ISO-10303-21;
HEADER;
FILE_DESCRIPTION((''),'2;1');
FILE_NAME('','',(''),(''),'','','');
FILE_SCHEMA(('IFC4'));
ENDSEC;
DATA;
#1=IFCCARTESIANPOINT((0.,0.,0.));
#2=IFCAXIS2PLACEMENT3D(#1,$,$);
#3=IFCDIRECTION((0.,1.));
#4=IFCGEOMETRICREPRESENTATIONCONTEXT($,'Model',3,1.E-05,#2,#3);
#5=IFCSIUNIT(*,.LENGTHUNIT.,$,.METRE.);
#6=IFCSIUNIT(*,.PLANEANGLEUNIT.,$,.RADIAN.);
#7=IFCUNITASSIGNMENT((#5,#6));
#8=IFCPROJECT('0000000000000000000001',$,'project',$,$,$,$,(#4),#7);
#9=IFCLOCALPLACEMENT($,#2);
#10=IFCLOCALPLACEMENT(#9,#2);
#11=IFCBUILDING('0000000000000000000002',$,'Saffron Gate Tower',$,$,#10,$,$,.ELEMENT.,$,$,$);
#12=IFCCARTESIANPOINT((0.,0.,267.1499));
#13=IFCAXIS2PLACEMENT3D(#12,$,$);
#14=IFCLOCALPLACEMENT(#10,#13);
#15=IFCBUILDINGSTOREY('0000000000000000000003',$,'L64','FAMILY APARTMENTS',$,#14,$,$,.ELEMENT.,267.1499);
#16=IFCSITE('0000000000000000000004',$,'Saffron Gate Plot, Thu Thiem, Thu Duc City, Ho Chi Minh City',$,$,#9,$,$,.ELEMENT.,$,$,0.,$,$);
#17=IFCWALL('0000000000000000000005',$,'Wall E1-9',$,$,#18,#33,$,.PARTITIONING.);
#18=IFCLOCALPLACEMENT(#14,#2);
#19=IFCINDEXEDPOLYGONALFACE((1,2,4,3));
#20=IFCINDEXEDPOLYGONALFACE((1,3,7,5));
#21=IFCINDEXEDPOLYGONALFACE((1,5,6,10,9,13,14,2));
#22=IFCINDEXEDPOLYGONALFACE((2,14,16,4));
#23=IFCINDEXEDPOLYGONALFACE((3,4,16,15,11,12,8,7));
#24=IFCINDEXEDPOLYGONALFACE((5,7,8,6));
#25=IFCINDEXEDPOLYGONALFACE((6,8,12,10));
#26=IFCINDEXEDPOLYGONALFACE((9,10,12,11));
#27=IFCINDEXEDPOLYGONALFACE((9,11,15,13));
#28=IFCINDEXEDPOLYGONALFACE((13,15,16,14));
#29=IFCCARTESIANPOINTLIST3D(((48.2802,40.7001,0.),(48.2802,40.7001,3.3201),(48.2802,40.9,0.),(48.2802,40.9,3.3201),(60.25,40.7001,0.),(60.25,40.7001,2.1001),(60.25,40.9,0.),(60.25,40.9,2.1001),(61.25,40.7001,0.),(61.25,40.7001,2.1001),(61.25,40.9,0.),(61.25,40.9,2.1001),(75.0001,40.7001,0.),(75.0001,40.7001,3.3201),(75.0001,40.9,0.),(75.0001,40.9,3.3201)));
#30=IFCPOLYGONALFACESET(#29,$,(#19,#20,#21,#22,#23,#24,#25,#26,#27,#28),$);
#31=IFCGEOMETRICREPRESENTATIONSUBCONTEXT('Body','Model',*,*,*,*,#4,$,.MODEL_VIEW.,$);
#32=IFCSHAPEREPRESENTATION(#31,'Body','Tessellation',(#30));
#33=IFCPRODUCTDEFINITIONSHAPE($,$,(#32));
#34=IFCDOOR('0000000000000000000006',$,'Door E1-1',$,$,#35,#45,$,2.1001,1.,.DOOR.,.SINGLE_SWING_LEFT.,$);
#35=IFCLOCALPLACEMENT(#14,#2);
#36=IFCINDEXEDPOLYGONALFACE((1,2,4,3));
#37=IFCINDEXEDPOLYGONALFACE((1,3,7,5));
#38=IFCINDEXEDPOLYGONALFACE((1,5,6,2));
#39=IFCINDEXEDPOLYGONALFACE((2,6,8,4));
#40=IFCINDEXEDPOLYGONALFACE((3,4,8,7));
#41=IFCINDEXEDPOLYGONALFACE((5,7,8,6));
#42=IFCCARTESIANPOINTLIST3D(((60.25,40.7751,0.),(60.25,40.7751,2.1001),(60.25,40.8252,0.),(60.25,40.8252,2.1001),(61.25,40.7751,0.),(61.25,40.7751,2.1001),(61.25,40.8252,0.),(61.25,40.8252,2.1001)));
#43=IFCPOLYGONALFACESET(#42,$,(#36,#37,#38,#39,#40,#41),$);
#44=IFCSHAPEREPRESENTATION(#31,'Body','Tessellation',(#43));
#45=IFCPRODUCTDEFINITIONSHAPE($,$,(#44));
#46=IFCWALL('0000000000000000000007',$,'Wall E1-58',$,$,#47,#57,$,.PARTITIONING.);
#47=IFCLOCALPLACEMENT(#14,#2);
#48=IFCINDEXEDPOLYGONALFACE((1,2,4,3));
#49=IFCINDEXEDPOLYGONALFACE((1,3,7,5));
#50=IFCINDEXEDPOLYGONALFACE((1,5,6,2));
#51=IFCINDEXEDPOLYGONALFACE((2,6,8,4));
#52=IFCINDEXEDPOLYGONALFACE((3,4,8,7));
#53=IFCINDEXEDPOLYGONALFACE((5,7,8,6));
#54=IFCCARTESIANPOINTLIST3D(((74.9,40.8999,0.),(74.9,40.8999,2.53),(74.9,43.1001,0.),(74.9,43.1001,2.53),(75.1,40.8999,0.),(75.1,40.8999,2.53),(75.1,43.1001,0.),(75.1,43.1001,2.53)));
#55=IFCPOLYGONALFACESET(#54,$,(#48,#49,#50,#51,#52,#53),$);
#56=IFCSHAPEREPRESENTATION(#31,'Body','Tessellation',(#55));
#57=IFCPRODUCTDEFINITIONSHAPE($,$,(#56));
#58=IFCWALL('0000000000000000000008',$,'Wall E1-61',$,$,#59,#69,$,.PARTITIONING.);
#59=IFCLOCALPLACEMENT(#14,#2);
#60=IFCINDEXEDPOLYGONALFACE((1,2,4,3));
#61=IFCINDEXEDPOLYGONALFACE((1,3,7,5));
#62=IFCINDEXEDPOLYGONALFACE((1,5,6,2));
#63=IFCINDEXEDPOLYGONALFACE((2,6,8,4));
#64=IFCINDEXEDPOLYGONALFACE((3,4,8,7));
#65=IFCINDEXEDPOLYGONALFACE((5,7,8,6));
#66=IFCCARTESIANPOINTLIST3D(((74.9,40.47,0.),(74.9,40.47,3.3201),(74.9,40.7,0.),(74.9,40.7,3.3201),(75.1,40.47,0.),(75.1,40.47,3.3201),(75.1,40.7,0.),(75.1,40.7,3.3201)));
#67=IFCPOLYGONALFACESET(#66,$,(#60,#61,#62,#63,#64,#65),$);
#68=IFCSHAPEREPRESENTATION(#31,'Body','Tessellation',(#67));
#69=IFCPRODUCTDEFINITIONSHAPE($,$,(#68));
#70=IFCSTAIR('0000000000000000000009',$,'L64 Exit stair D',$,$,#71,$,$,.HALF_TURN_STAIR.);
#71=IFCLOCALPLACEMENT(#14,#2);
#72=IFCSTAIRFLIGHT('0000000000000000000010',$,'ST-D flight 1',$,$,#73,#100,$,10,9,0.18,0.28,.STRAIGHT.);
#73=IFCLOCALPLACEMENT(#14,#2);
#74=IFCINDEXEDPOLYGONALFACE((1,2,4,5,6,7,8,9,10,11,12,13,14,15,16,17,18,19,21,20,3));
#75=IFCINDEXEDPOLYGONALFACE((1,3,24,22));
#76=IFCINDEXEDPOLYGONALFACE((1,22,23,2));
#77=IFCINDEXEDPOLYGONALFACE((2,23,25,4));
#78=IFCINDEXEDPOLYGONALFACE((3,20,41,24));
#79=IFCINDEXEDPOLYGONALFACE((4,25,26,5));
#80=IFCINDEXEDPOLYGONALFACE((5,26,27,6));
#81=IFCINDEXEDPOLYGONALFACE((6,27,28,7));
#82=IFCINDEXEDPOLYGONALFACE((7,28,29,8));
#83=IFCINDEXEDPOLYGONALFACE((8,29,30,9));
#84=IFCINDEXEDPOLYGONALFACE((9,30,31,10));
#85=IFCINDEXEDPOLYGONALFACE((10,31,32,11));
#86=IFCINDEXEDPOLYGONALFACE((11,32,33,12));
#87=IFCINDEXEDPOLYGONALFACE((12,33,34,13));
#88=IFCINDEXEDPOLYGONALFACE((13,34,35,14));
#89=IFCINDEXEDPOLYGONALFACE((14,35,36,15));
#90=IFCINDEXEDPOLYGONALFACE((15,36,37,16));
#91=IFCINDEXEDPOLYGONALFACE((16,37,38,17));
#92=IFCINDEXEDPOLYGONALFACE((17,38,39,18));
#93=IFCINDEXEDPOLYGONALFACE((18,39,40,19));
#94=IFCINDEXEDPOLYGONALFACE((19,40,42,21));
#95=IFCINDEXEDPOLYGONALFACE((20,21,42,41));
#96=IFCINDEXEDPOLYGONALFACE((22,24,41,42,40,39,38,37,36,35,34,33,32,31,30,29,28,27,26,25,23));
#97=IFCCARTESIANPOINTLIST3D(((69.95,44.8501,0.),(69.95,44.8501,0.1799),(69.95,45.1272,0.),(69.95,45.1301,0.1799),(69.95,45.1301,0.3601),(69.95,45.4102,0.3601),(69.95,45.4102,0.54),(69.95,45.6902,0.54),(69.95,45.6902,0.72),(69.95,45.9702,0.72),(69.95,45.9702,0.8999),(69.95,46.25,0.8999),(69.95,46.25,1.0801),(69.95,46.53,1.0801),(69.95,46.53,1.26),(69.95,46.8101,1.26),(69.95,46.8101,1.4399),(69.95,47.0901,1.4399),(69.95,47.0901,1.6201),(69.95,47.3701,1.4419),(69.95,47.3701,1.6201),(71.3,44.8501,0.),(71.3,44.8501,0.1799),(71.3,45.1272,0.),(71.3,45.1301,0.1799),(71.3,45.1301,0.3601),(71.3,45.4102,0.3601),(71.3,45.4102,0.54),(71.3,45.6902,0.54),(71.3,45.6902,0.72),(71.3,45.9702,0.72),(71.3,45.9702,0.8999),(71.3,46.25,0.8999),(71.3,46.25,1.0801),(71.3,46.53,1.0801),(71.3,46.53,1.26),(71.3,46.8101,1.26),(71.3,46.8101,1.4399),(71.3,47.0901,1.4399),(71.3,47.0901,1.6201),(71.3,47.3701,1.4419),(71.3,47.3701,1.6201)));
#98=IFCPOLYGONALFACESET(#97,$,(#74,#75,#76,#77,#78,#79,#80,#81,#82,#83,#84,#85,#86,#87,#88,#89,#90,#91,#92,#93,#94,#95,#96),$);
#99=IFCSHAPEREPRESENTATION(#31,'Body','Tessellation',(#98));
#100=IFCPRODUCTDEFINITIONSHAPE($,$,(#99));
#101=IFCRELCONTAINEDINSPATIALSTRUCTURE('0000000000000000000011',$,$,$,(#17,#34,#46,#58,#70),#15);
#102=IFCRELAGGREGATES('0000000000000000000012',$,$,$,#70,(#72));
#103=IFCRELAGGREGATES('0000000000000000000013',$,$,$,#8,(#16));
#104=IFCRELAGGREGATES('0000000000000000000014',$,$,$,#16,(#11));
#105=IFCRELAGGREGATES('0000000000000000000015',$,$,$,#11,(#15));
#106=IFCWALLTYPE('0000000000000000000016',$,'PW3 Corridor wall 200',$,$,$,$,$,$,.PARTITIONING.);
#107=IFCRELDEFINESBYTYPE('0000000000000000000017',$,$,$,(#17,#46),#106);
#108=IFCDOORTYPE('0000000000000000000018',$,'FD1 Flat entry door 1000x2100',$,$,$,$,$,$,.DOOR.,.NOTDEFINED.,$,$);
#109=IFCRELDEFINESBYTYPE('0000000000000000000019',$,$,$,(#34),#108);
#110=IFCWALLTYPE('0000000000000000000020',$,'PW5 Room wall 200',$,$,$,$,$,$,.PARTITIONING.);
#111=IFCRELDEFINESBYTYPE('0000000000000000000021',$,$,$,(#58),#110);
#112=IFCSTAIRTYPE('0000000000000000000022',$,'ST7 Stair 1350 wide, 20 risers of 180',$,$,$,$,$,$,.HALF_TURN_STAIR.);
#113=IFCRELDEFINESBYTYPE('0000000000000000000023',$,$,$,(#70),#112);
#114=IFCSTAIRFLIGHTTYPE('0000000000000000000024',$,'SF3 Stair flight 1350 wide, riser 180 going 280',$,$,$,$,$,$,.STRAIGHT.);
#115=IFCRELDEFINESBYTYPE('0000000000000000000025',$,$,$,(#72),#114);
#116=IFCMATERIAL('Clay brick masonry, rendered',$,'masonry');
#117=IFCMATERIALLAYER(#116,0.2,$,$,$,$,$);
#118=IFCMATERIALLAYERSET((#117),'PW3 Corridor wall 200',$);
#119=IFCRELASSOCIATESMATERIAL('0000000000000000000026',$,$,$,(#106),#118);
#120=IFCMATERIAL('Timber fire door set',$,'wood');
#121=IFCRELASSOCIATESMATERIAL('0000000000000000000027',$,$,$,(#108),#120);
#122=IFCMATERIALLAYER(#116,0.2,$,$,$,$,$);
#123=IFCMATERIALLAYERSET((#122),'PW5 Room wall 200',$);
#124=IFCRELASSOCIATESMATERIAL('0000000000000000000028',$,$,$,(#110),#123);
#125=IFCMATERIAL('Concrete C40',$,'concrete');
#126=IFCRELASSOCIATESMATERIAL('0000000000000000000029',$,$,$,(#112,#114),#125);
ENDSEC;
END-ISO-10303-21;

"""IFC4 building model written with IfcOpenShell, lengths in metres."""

from ifc_helpers import new_model, si_unit, direction, frame, frame_2d, origin, place, context, subcontext, project, spatial, polyline, rectangle, outline, extrude, material, layer, layer_set, type_object, element, fill, aggregate, save


model = new_model("IFC4")

# Units and contexts
model_context = context("Model", 3, precision=1e-05, world=origin(), true_north=direction((0.0, 1.0)))
body_context = subcontext(model_context, "Body", "Model", "MODEL_VIEW")
ifc_project = project(units=[si_unit("LENGTHUNIT", "METRE"), si_unit("PLANEANGLEUNIT", "RADIAN")], contexts=[model_context])

# Site, building, storey
site_placement = place(None, origin())
site = spatial("IfcSite", under=ifc_project, at=site_placement, Name="Saffron Gate Plot, Thu Thiem, Thu Duc City, Ho Chi Minh City", CompositionType="ELEMENT", RefElevation=0.0)
building_placement = place(site_placement, origin())
building = spatial("IfcBuilding", under=site, at=building_placement, Name="Saffron Gate Tower", CompositionType="ELEMENT")
storey_placement = place(building_placement, frame((0.0, 0.0, 267.1499)))
storey = spatial("IfcBuildingStorey", under=building, at=storey_placement, Name="L64", Description="FAMILY APARTMENTS", CompositionType="ELEMENT", Elevation=267.1499)

# Shared definitions
ifc_material_1 = material(Name="Concrete C40", Category="concrete")

# Wall, opening, door
ifc_material_2 = material(Name="Clay brick masonry, rendered", Category="masonry")
ifc_layer_1 = layer(ifc_material_2, 0.2)
ifc_layer_set_1 = layer_set([ifc_layer_1], Name="PW3 Corridor wall 200")
wall_type_1 = type_object("IfcWallType", Name="PW3 Corridor wall 200", PredefinedType="PARTITIONING", material=ifc_layer_set_1)
wall_1_placement = place(storey_placement, frame((75.0, 40.8, 0.0), z_axis=(0.0, 0.0, 1.0), x_axis=(-1.0, 0.0, 0.0)))
wall_1 = element("IfcWall", 1, at=wall_1_placement, inside=storey, type_object=wall_type_1, Name="Wall E1-9", PredefinedType="PARTITIONING", context=body_context, shape_type="SweptSolid", body=[
    extrude(rectangle(XDim=26.72, YDim=0.2, at=frame_2d((13.3599, 0.0))), origin(), (0.0, 0.0, 1.0), 3.3201),
])
opening_1_placement = place(wall_1_placement, frame((13.75, 0.0, 0.0)))
opening_1 = element("IfcOpeningElement", 2, at=opening_1_placement, cuts=wall_1, PredefinedType="OPENING", context=body_context, shape_type="SweptSolid", body=[
    extrude(rectangle(XDim=1.0, YDim=2.1001, at=frame_2d((0.5, 1.05))), frame((0.0, 0.1099, 0.0), z_axis=(0.0, -1.0, 0.0), x_axis=(1.0, 0.0, 0.0)), (0.0, 0.0, 1.0), 0.22),
])
ifc_material_3 = material(Name="Timber fire door set", Category="wood")
door_type_1 = type_object("IfcDoorType", Name="FD1 Flat entry door 1000x2100", OperationType="NOTDEFINED", PredefinedType="DOOR", material=ifc_material_3)
door_1_placement = place(opening_1_placement, origin())
door_1 = element("IfcDoor", 3, at=door_1_placement, inside=storey, type_object=door_type_1, Name="Door E1-1", OperationType="SINGLE_SWING_LEFT", OverallHeight=2.1001, OverallWidth=1.0, PredefinedType="DOOR", context=body_context, shape_type="SweptSolid", body=[
    extrude(rectangle(XDim=1.0, YDim=2.1001, at=frame_2d((0.5, 1.05))), frame((0.0, 0.0249, 0.0), z_axis=(0.0, -1.0, 0.0), x_axis=(1.0, 0.0, 0.0)), (0.0, 0.0, 1.0), 0.05),
])
fill(opening_1, door_1)

# Walls
wall_2_placement = place(storey_placement, frame((75.0, 43.1001, 0.0), z_axis=(0.0, 0.0, 1.0), x_axis=(0.0, -1.0, 0.0)))
element("IfcWall", 4, at=wall_2_placement, inside=storey, type_object=wall_type_1, Name="Wall E1-58", PredefinedType="PARTITIONING", context=body_context, shape_type="SweptSolid", body=[
    extrude(rectangle(XDim=2.2002, YDim=0.2, at=frame_2d((1.1001, 0.0))), origin(), (0.0, 0.0, 1.0), 2.53),
])
ifc_layer_2 = layer(ifc_material_2, 0.2)
ifc_layer_set_2 = layer_set([ifc_layer_2], Name="PW5 Room wall 200")
wall_type_2 = type_object("IfcWallType", Name="PW5 Room wall 200", PredefinedType="PARTITIONING", material=ifc_layer_set_2)
wall_3_placement = place(storey_placement, frame((75.0, 40.7, 0.0), z_axis=(0.0, 0.0, 1.0), x_axis=(0.0, -1.0, 0.0)))
element("IfcWall", 5, at=wall_3_placement, inside=storey, type_object=wall_type_2, Name="Wall E1-61", PredefinedType="PARTITIONING", context=body_context, shape_type="SweptSolid", body=[
    extrude(rectangle(XDim=0.23, YDim=0.2, at=frame_2d((0.115, 0.0))), origin(), (0.0, 0.0, 1.0), 3.3201),
])

# Stair, stair flight
stair_type = type_object("IfcStairType", Name="ST7 Stair 1350 wide, 20 risers of 180", PredefinedType="HALF_TURN_STAIR", material=ifc_material_1)
stair_placement = place(storey_placement, origin())
stair = element("IfcStair", 6, at=stair_placement, inside=storey, type_object=stair_type, Name="L64 Exit stair D", PredefinedType="HALF_TURN_STAIR")
stair_flight_type = type_object("IfcStairFlightType", Name="SF3 Stair flight 1350 wide, riser 180 going 280", PredefinedType="STRAIGHT", material=ifc_material_1)
stair_flight_placement = place(storey_placement, frame((70.625, 44.8501, 0.0), z_axis=(0.0, 0.0, 1.0), x_axis=(0.0, 1.0, 0.0)))
stair_flight = element("IfcStairFlight", 7, at=stair_flight_placement, type_object=stair_flight_type, Name="ST-D flight 1", NumberOfRisers=10, NumberOfTreads=9, PredefinedType="STRAIGHT", RiserHeight=0.18, TreadLength=0.28, context=body_context, shape_type="SweptSolid", body=[
    extrude(outline(polyline([(0.0, 0.0), (0.0, 0.1799), (0.28, 0.1799), (0.28, 0.3601), (0.5601, 0.3601), (0.5601, 0.54), (0.8401, 0.54), (0.8401, 0.72), (1.1201, 0.72), (1.1201, 0.8999), (1.3999, 0.8999), (1.3999, 1.0801), (1.6799, 1.0801), (1.6799, 1.26), (1.96, 1.26), (1.96, 1.4399), (2.24, 1.4399), (2.24, 1.6201), (2.52, 1.6201), (2.52, 1.8), (2.52, 1.4419), (0.2771, 0.0), (0.0, 0.0)])), frame((0.0, 0.675, 0.0), z_axis=(0.0, -1.0, 0.0), x_axis=(1.0, 0.0, 0.0)), (0.0, 0.0, 1.0), 1.3501),
])
aggregate(stair, [stair_flight])

save(model, "model.ifc")
